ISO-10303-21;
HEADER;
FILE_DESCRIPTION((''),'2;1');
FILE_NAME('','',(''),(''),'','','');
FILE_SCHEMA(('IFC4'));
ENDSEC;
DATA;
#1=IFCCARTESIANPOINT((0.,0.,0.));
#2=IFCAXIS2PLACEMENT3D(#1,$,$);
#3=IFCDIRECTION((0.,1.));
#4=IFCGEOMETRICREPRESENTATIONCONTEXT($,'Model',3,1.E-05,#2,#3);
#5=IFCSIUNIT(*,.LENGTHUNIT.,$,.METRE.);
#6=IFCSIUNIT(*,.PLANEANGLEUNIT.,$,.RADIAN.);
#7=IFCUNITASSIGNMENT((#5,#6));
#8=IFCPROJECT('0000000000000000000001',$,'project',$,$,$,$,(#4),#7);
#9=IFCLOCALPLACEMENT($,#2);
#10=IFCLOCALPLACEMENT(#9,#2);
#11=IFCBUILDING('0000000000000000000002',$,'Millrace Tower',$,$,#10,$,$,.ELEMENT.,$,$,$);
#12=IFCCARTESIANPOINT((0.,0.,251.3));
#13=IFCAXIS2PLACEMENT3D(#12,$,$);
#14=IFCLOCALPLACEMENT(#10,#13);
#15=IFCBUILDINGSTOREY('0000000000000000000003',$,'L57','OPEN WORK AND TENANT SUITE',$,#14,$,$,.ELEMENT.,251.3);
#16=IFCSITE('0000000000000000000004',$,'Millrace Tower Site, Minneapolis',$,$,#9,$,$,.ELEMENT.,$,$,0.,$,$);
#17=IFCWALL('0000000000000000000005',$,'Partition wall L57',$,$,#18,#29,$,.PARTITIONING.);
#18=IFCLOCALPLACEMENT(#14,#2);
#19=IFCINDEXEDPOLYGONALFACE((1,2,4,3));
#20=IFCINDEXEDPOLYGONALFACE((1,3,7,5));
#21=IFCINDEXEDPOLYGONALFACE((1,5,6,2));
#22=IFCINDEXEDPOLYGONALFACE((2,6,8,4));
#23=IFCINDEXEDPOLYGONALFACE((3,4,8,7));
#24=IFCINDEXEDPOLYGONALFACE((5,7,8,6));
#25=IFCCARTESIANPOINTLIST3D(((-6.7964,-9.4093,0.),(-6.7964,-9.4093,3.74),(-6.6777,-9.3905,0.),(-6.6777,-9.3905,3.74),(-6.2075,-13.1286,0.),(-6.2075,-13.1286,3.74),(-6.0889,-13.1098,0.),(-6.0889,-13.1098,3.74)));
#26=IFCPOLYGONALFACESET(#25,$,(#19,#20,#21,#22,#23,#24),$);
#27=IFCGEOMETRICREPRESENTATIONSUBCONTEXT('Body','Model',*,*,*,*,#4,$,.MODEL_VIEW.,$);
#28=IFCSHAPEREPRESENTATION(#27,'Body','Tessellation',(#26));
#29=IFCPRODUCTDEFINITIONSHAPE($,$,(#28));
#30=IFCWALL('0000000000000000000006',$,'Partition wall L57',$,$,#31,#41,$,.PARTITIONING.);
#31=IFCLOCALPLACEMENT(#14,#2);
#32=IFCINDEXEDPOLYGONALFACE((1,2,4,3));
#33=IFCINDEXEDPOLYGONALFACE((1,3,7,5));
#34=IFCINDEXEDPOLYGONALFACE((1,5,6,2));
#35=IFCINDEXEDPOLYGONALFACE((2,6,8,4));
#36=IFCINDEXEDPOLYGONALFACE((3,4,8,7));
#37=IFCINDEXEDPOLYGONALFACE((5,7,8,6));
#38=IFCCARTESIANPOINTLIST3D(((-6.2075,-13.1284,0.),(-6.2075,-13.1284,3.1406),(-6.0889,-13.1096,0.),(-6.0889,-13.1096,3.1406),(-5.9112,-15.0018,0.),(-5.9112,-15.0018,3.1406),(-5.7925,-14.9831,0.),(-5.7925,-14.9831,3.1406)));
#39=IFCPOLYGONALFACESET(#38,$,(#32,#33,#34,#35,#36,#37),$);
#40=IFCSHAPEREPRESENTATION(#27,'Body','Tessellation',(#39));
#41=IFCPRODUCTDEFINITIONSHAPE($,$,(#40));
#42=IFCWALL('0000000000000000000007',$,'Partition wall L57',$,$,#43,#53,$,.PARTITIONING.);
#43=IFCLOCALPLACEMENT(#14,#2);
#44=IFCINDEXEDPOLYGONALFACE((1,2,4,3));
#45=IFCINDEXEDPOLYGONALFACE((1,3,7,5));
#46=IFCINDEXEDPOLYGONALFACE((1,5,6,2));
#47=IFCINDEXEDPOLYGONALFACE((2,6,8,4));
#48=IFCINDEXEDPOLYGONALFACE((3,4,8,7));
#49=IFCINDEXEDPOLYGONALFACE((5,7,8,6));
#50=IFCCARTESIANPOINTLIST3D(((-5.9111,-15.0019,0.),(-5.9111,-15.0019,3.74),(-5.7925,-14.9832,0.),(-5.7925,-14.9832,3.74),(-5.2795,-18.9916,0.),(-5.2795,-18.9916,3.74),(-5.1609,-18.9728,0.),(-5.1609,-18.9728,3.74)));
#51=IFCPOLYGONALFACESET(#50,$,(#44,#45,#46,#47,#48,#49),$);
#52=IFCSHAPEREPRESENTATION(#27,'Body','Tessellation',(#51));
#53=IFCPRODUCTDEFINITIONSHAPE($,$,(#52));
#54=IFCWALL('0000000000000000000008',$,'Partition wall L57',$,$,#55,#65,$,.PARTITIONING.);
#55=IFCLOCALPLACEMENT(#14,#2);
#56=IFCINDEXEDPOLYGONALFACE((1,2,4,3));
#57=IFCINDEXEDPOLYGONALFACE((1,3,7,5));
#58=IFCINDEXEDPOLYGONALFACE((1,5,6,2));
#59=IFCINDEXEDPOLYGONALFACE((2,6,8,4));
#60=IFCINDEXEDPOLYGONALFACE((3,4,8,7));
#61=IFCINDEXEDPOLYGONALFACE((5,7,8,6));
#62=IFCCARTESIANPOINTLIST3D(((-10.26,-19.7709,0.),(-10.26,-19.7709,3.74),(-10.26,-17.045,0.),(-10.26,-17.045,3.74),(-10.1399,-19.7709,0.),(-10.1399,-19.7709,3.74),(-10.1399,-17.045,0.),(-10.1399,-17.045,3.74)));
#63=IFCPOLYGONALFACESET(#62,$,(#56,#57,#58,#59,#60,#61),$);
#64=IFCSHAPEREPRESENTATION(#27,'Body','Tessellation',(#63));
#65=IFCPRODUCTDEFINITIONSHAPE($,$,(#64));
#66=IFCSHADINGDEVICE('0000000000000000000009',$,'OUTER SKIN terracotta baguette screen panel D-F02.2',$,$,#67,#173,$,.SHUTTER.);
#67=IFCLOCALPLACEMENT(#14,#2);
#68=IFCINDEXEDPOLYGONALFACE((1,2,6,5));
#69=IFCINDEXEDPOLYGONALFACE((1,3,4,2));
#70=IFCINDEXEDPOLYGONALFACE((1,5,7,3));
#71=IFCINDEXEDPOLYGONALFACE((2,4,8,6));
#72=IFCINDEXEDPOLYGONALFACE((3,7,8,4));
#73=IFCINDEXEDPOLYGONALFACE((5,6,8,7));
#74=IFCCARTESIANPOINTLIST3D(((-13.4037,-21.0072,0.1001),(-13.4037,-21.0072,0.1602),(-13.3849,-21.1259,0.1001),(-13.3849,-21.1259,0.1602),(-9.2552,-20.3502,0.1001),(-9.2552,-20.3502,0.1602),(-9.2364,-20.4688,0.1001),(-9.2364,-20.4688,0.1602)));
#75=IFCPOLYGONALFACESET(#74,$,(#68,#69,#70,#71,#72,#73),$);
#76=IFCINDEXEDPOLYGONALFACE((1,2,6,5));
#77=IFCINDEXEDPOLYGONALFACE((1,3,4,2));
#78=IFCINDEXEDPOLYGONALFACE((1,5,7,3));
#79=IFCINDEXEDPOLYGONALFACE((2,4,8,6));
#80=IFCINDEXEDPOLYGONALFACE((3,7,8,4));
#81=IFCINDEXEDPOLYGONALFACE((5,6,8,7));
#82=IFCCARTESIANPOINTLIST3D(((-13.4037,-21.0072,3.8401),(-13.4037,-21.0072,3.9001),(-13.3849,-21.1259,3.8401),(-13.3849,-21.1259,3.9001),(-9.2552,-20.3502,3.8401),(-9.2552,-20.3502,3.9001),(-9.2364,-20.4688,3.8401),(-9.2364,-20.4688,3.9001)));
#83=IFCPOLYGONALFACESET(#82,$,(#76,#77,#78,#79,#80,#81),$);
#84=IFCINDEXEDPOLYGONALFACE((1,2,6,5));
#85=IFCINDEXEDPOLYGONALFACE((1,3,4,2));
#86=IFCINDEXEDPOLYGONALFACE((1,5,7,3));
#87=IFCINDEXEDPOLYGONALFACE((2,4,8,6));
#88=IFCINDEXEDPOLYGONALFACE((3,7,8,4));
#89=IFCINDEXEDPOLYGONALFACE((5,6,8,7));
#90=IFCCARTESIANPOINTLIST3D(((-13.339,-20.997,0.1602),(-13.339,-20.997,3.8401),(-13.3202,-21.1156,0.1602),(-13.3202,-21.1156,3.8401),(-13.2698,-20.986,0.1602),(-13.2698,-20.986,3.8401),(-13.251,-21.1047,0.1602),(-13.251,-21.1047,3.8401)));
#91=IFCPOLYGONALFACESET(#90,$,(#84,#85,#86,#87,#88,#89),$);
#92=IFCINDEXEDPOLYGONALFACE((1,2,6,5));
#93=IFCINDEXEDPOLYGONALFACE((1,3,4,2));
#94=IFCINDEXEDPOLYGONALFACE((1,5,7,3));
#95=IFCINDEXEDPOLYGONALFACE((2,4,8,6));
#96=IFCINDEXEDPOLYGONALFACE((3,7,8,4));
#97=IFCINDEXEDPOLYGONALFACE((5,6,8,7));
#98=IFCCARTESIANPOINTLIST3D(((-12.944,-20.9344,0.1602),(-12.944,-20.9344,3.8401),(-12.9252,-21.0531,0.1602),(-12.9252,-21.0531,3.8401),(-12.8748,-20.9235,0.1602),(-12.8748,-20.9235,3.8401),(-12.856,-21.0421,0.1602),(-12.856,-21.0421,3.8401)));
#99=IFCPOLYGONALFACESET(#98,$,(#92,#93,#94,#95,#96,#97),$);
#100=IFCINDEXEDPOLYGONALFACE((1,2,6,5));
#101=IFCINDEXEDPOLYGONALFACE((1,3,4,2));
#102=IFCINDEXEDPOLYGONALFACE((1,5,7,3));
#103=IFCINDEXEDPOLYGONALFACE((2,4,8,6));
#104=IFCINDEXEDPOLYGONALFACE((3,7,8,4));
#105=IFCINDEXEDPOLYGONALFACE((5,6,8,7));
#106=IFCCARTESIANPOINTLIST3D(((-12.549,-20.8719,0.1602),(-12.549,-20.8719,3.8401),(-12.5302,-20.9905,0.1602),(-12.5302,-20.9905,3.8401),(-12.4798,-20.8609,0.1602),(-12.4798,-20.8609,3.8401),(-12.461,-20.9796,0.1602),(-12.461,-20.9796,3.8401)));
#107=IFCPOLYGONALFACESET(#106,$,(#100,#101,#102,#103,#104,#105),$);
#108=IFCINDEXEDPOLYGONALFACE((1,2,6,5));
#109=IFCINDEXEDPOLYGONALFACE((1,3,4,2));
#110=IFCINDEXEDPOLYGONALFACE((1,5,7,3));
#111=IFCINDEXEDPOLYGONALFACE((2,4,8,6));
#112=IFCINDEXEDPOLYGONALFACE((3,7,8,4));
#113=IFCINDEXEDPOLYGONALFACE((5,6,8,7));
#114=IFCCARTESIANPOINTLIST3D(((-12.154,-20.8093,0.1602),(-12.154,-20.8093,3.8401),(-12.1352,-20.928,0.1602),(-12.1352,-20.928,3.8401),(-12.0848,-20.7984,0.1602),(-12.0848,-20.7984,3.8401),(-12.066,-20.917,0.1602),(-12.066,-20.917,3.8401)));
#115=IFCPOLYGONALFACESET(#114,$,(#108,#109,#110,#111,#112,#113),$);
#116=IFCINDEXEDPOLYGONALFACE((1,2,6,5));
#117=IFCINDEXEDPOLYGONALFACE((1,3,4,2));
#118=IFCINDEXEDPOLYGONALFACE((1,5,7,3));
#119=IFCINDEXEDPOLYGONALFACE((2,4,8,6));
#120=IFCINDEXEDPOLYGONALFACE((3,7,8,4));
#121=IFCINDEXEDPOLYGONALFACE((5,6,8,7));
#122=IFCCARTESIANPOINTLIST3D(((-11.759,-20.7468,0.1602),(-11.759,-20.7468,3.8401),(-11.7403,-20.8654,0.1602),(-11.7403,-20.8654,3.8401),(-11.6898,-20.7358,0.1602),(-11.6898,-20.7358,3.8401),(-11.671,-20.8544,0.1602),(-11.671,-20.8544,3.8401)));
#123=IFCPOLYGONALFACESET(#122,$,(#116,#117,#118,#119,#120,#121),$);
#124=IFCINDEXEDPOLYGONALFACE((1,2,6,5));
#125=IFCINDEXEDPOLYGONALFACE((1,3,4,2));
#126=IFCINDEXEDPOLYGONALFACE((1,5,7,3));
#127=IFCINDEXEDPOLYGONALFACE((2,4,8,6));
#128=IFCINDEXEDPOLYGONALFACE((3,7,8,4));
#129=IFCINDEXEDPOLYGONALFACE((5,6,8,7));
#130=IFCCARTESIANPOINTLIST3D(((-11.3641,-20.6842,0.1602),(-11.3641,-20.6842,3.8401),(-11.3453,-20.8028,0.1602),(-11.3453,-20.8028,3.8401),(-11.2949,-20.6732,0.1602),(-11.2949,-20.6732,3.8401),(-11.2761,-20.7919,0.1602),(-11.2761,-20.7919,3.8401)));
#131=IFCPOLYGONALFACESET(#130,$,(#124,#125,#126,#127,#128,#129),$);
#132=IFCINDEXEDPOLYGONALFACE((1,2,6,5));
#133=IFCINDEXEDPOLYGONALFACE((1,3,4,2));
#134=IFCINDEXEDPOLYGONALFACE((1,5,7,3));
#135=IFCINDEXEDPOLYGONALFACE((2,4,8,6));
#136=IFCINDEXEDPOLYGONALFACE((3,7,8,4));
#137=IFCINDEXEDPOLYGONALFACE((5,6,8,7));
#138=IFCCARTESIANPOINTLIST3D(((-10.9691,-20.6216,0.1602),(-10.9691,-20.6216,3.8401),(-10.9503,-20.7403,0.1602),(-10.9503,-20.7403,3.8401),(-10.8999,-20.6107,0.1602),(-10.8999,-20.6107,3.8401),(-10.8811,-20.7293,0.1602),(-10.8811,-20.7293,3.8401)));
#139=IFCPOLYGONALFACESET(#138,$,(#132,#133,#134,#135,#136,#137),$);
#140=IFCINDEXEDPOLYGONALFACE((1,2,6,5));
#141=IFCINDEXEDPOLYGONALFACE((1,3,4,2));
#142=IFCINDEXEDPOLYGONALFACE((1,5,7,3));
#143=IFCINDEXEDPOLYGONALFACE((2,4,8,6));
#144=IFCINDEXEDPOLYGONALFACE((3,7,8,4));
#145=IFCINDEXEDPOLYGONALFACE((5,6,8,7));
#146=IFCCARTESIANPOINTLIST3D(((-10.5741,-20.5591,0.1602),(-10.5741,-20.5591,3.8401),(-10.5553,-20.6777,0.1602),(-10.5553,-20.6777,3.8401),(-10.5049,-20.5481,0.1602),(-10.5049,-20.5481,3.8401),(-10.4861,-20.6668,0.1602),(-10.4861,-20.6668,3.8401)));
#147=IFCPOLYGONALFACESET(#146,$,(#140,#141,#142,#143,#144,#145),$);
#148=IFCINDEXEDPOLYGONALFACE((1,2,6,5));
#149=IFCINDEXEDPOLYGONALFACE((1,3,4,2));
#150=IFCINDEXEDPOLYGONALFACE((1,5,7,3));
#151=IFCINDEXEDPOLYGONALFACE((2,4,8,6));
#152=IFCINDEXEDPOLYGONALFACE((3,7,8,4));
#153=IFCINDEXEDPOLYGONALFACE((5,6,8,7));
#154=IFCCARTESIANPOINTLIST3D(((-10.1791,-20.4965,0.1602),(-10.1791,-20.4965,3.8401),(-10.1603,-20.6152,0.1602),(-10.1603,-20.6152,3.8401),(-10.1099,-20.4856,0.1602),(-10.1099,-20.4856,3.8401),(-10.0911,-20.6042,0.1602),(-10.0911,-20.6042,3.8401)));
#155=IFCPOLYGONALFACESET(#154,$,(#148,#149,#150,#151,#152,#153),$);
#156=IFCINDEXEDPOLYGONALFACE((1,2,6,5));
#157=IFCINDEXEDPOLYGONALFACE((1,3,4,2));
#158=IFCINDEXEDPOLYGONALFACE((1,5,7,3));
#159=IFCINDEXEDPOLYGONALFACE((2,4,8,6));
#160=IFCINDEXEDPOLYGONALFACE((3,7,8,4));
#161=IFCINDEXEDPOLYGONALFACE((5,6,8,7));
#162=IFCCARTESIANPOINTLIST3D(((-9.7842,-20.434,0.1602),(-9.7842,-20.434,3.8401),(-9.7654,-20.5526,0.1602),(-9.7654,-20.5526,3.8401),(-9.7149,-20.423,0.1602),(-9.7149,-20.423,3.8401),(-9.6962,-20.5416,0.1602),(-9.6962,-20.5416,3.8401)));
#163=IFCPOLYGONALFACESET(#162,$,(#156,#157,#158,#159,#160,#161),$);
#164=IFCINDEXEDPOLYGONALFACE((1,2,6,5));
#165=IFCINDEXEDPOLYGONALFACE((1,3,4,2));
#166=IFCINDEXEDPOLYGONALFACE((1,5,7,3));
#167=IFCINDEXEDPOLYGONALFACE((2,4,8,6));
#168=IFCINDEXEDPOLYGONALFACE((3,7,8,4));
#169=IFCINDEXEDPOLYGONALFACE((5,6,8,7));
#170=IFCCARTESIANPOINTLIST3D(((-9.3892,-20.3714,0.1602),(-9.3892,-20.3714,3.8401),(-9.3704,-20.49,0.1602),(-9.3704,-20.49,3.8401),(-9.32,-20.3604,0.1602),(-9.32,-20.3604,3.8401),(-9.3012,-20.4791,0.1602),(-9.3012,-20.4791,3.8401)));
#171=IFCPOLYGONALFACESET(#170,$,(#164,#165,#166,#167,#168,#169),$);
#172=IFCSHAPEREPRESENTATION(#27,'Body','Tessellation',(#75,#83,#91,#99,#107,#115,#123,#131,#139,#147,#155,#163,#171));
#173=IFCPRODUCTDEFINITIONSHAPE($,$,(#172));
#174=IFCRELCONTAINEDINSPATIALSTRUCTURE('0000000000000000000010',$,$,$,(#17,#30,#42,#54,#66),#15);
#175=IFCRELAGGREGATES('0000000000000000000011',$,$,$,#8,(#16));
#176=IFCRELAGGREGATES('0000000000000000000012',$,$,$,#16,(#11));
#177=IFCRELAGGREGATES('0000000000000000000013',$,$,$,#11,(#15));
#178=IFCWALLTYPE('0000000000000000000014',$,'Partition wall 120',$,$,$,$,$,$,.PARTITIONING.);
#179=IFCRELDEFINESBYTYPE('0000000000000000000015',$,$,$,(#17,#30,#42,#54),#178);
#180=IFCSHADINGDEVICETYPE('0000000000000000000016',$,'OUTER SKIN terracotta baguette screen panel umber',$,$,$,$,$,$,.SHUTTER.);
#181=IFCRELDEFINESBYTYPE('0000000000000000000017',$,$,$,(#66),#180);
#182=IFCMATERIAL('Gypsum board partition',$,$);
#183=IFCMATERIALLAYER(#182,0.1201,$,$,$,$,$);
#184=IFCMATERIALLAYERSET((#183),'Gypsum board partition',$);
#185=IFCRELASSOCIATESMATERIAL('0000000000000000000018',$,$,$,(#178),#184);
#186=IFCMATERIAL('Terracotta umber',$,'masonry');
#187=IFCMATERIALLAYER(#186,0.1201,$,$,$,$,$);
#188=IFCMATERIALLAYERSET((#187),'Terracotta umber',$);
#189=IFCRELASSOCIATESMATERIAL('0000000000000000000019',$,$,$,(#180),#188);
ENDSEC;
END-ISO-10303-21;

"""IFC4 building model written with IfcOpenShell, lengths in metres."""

from ifc_helpers import new_model, entity, si_unit, direction, frame, frame_2d, origin, origin_2d, place, context, subcontext, project, spatial, rectangle, extrude, source, transform, mapped, material, layer, layer_set, type_object, element, save


model = new_model("IFC4")

# Units and contexts
model_context = context("Model", 3, precision=1e-05, world=origin(), true_north=direction((0.0, 1.0)))
body_context = subcontext(model_context, "Body", "Model", "MODEL_VIEW")
ifc_project = project(units=[si_unit("LENGTHUNIT", "METRE"), si_unit("PLANEANGLEUNIT", "RADIAN")], contexts=[model_context])

# Site, building, storey
site_placement = place(None, origin())
site = spatial("IfcSite", under=ifc_project, at=site_placement, Name="Millrace Tower Site, Minneapolis", CompositionType="ELEMENT", RefElevation=0.0)
building_placement = place(site_placement, origin())
building = spatial("IfcBuilding", under=site, at=building_placement, Name="Millrace Tower", CompositionType="ELEMENT")
storey_placement = place(building_placement, frame((0.0, 0.0, 251.3)))
storey = spatial("IfcBuildingStorey", under=building, at=storey_placement, Name="L57", Description="OPEN WORK AND TENANT SUITE", CompositionType="ELEMENT", Elevation=251.3)

# Walls
ifc_material_1 = material(Name="Gypsum board partition")
ifc_layer_1 = layer(ifc_material_1, 0.1201)
ifc_layer_set_1 = layer_set([ifc_layer_1], Name="Gypsum board partition")
wall_type_1 = type_object("IfcWallType", Name="Partition wall 120", PredefinedType="PARTITIONING", material=ifc_layer_set_1)
wall_1_placement = place(storey_placement, frame((-6.7371, -9.3999, 0.0), z_axis=(0.0, 0.0, 1.0), x_axis=(0.156382, -0.987697, 0.0)))
element("IfcWall", 1, at=wall_1_placement, inside=storey, type_object=wall_type_1, Name="Partition wall L57", PredefinedType="PARTITIONING", context=body_context, shape_type="SweptSolid", body=[
    extrude(rectangle(XDim=3.7656, YDim=0.1201, at=frame_2d((1.8828, 0.0))), origin(), (0.0, 0.0, 1.0), 3.74),
])
wall_2_placement = place(storey_placement, frame((-6.1482, -13.1191, 0.0), z_axis=(0.0, 0.0, 1.0), x_axis=(0.156253, -0.987717, 0.0)))
element("IfcWall", 2, at=wall_2_placement, inside=storey, type_object=wall_type_1, Name="Partition wall L57", PredefinedType="PARTITIONING", context=body_context, shape_type="SweptSolid", body=[
    extrude(rectangle(XDim=1.8967, YDim=0.1201, at=frame_2d((0.9482, 0.0))), origin(), (0.0, 0.0, 1.0), 3.1406),
])
wall_3_placement = place(storey_placement, frame((-5.8518, -14.9927, 0.0), z_axis=(0.0, 0.0, 1.0), x_axis=(0.156366, -0.987699, 0.0)))
element("IfcWall", 3, at=wall_3_placement, inside=storey, type_object=wall_type_1, Name="Partition wall L57", PredefinedType="PARTITIONING", context=body_context, shape_type="SweptSolid", body=[
    extrude(rectangle(XDim=4.0393, YDim=0.1201, at=frame_2d((2.0195, 0.0))), origin(), (0.0, 0.0, 1.0), 3.74),
])
wall_4_placement = place(storey_placement, frame((-10.2, -19.7708, 0.0), z_axis=(0.0, 0.0, 1.0), x_axis=(0.0, 1.0, 0.0)))
element("IfcWall", 4, at=wall_4_placement, inside=storey, type_object=wall_type_1, Name="Partition wall L57", PredefinedType="PARTITIONING", context=body_context, shape_type="SweptSolid", body=[
    extrude(rectangle(XDim=2.7258, YDim=0.1201, at=frame_2d((1.3628, 0.0))), origin(), (0.0, 0.0, 1.0), 3.74),
])

# Shading device
ifc_material_2 = material(Name="Terracotta umber", Category="masonry")
ifc_layer_2 = layer(ifc_material_2, 0.1201)
ifc_layer_set_2 = layer_set([ifc_layer_2], Name="Terracotta umber")
shading_device_type = type_object("IfcShadingDeviceType", Name="OUTER SKIN terracotta baguette screen panel umber", PredefinedType="SHUTTER", material=ifc_layer_set_2)
cartesian_point = entity("IfcCartesianPoint", [-2.1001, 0.0601])
shared_polyline = entity("IfcPolyline", [cartesian_point, entity("IfcCartesianPoint", [2.1001, 0.0601]), entity("IfcCartesianPoint", [2.1001, -0.0601]), entity("IfcCartesianPoint", [-2.1001, -0.0601]), cartesian_point])
shared_shape = source(origin(), body_context, "Body", "SweptSolid", [
    entity("IfcExtrudedAreaSolid", entity("IfcArbitraryClosedProfileDef", "AREA", None, shared_polyline), entity("IfcAxis2Placement3D", entity("IfcCartesianPoint", [0.0, 0.0, 0.0])), entity("IfcDirection", [0.0, 0.0, 1.0]), 0.0601),
    entity("IfcExtrudedAreaSolid", entity("IfcArbitraryClosedProfileDef", "AREA", None, shared_polyline), entity("IfcAxis2Placement3D", entity("IfcCartesianPoint", [0.0, 0.0, 3.74])), entity("IfcDirection", [0.0, 0.0, 1.0]), 0.0601),
    extrude(rectangle(XDim=0.0701, YDim=0.1201, at=frame_2d((-1.9995, 0.0))), frame((0.0, 0.0, 0.0601)), (0.0, 0.0, 1.0), 3.6799),
    extrude(rectangle(XDim=0.0701, YDim=0.1201, at=frame_2d((-1.5996, 0.0))), frame((0.0, 0.0, 0.0601)), (0.0, 0.0, 1.0), 3.6799),
    extrude(rectangle(XDim=0.0701, YDim=0.1201, at=frame_2d((-1.1997, 0.0))), frame((0.0, 0.0, 0.0601)), (0.0, 0.0, 1.0), 3.6799),
    extrude(rectangle(XDim=0.0701, YDim=0.1201, at=frame_2d((-0.7998, 0.0))), frame((0.0, 0.0, 0.0601)), (0.0, 0.0, 1.0), 3.6799),
    extrude(rectangle(XDim=0.0701, YDim=0.1201, at=frame_2d((-0.3999, 0.0))), frame((0.0, 0.0, 0.0601)), (0.0, 0.0, 1.0), 3.6799),
    extrude(rectangle(XDim=0.0701, YDim=0.1201, at=origin_2d()), frame((0.0, 0.0, 0.0601)), (0.0, 0.0, 1.0), 3.6799),
    extrude(rectangle(XDim=0.0701, YDim=0.1201, at=frame_2d((0.3999, 0.0))), frame((0.0, 0.0, 0.0601)), (0.0, 0.0, 1.0), 3.6799),
    extrude(rectangle(XDim=0.0701, YDim=0.1201, at=frame_2d((0.7998, 0.0))), frame((0.0, 0.0, 0.0601)), (0.0, 0.0, 1.0), 3.6799),
    extrude(rectangle(XDim=0.0701, YDim=0.1201, at=frame_2d((1.1997, 0.0))), frame((0.0, 0.0, 0.0601)), (0.0, 0.0, 1.0), 3.6799),
    extrude(rectangle(XDim=0.0701, YDim=0.1201, at=frame_2d((1.5996, 0.0))), frame((0.0, 0.0, 0.0601)), (0.0, 0.0, 1.0), 3.6799),
    extrude(rectangle(XDim=0.0701, YDim=0.1201, at=frame_2d((1.9995, 0.0))), frame((0.0, 0.0, 0.0601)), (0.0, 0.0, 1.0), 3.6799),
])
for number, where, z_axis, x_axis, name in (
    (5, (-11.3201, -20.738, 0.1001), (0.0, 0.0, 1.0), (0.987688, 0.156434, 0.0), "OUTER SKIN terracotta baguette screen panel D-F02.2"),
):
    element("IfcShadingDevice", number, at=place(storey_placement, frame(where, z_axis=z_axis, x_axis=x_axis)), inside=storey, type_object=shading_device_type, Name=name, PredefinedType="SHUTTER", context=body_context, shape_type="MappedRepresentation", body=[
        mapped(shared_shape, transform((0.0, 0.0, 0.0), scale=1.0)),
    ])

save(model, "model.ifc")
